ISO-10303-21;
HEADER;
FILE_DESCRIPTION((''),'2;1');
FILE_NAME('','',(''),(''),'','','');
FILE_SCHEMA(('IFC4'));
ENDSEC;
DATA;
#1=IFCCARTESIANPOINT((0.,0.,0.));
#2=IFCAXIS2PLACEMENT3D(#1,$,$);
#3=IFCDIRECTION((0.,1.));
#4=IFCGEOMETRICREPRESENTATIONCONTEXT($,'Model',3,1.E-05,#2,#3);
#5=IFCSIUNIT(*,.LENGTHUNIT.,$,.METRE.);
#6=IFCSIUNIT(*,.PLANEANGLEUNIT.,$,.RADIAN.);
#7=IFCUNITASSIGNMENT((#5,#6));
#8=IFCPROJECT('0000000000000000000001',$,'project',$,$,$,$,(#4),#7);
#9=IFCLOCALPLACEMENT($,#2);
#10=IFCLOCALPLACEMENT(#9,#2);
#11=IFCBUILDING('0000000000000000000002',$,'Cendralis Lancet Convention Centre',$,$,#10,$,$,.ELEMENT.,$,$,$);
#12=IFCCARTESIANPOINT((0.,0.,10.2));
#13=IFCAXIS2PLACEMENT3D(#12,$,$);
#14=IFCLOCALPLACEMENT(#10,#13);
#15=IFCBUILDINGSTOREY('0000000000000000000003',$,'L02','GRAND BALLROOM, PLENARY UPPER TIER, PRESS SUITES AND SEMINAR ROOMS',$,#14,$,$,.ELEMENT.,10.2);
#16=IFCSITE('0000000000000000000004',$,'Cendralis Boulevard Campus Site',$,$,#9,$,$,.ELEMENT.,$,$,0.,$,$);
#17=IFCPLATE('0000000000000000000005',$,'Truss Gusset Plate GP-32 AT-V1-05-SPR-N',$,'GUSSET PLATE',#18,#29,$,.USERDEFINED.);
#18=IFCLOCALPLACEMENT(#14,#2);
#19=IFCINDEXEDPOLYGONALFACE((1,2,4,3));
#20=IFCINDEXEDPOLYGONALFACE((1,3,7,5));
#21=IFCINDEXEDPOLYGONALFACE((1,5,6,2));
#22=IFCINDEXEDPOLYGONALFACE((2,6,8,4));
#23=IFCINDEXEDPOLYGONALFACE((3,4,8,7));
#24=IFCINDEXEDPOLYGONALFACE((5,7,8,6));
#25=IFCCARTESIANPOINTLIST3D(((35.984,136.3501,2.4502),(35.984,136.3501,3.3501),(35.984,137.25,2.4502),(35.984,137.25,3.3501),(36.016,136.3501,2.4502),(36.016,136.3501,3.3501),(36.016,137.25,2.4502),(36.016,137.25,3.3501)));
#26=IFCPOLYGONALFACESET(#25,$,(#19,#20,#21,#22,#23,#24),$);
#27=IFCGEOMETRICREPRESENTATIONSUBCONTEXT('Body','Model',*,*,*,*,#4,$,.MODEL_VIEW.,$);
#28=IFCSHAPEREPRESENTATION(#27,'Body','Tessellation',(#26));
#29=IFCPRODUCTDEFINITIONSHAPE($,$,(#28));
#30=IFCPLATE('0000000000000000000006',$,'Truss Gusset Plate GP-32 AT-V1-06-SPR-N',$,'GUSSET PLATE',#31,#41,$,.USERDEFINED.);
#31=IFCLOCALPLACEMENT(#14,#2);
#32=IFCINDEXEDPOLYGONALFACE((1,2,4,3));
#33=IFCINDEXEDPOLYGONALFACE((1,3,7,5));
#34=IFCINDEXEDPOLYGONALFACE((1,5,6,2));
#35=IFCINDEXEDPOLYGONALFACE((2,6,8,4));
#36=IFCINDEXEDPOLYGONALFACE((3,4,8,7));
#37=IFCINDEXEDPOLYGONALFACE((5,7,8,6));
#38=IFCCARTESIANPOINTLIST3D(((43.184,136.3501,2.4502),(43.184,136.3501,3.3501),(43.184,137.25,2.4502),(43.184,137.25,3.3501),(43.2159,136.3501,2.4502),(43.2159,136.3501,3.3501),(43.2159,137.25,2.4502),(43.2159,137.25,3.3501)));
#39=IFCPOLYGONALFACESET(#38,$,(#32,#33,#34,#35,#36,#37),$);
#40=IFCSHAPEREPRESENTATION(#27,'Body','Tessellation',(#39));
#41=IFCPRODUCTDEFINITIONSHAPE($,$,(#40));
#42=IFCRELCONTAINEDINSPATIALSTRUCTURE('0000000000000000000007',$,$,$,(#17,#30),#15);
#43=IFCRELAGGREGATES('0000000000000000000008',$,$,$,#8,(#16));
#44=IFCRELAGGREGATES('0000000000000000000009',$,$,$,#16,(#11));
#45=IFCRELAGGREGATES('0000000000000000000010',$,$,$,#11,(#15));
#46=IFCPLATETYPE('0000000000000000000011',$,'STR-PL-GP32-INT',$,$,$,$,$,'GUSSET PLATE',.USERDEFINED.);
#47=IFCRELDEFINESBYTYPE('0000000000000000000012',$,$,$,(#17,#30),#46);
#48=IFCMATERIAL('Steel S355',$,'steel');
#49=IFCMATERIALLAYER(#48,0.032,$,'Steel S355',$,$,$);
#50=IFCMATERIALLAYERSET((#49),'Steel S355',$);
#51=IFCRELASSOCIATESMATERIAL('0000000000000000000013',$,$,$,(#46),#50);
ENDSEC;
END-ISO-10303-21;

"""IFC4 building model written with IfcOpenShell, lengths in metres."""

from ifc_helpers import new_model, si_unit, direction, frame, origin, origin_2d, place, context, subcontext, project, spatial, rectangle, extrude, material, layer, layer_set, type_object, element, save


model = new_model("IFC4")

# Units and contexts
model_context = context("Model", 3, precision=1e-05, world=origin(), true_north=direction((0.0, 1.0)))
body_context = subcontext(model_context, "Body", "Model", "MODEL_VIEW")
ifc_project = project(units=[si_unit("LENGTHUNIT", "METRE"), si_unit("PLANEANGLEUNIT", "RADIAN")], contexts=[model_context])

# Site, building, storey
site_placement = place(None, origin())
site = spatial("IfcSite", under=ifc_project, at=site_placement, Name="Cendralis Boulevard Campus Site", CompositionType="ELEMENT", RefElevation=0.0)
building_placement = place(site_placement, origin())
building = spatial("IfcBuilding", under=site, at=building_placement, Name="Cendralis Lancet Convention Centre", CompositionType="ELEMENT")
storey_placement = place(building_placement, frame((0.0, 0.0, 10.2)))
storey = spatial("IfcBuildingStorey", under=building, at=storey_placement, Name="L02", Description="GRAND BALLROOM, PLENARY UPPER TIER, PRESS SUITES AND SEMINAR ROOMS", CompositionType="ELEMENT", Elevation=10.2)

# Shared definitions
ifc_material_1 = material(Name="Steel S355", Category="steel")

# Plates
ifc_layer_1 = layer(ifc_material_1, 0.032, Name="Steel S355")
ifc_layer_set_1 = layer_set([ifc_layer_1], Name="Steel S355")
plate_type_1 = type_object("IfcPlateType", Name="STR-PL-GP32-INT", ElementType="GUSSET PLATE", PredefinedType="USERDEFINED", material=ifc_layer_set_1)
for number, where, z_axis, x_axis, name in (
    (1, (36.0, 136.8, 2.4502), (0.0, 0.0, 1.0), (0.0, 1.0, 0.0), "Truss Gusset Plate GP-32 AT-V1-05-SPR-N"),
    (2, (43.2, 136.8, 2.4502), (0.0, 0.0, 1.0), (0.0, 1.0, 0.0), "Truss Gusset Plate GP-32 AT-V1-06-SPR-N"),
):
    element("IfcPlate", number, at=place(storey_placement, frame(where, z_axis=z_axis, x_axis=x_axis)), inside=storey, type_object=plate_type_1, Name=name, ObjectType="GUSSET PLATE", PredefinedType="USERDEFINED", context=body_context, shape_type="SweptSolid", body=[
        extrude(rectangle(XDim=0.8999, YDim=0.032, at=origin_2d()), origin(), (0.0, 0.0, 1.0), 0.8999),
    ])

save(model, "model.ifc")
